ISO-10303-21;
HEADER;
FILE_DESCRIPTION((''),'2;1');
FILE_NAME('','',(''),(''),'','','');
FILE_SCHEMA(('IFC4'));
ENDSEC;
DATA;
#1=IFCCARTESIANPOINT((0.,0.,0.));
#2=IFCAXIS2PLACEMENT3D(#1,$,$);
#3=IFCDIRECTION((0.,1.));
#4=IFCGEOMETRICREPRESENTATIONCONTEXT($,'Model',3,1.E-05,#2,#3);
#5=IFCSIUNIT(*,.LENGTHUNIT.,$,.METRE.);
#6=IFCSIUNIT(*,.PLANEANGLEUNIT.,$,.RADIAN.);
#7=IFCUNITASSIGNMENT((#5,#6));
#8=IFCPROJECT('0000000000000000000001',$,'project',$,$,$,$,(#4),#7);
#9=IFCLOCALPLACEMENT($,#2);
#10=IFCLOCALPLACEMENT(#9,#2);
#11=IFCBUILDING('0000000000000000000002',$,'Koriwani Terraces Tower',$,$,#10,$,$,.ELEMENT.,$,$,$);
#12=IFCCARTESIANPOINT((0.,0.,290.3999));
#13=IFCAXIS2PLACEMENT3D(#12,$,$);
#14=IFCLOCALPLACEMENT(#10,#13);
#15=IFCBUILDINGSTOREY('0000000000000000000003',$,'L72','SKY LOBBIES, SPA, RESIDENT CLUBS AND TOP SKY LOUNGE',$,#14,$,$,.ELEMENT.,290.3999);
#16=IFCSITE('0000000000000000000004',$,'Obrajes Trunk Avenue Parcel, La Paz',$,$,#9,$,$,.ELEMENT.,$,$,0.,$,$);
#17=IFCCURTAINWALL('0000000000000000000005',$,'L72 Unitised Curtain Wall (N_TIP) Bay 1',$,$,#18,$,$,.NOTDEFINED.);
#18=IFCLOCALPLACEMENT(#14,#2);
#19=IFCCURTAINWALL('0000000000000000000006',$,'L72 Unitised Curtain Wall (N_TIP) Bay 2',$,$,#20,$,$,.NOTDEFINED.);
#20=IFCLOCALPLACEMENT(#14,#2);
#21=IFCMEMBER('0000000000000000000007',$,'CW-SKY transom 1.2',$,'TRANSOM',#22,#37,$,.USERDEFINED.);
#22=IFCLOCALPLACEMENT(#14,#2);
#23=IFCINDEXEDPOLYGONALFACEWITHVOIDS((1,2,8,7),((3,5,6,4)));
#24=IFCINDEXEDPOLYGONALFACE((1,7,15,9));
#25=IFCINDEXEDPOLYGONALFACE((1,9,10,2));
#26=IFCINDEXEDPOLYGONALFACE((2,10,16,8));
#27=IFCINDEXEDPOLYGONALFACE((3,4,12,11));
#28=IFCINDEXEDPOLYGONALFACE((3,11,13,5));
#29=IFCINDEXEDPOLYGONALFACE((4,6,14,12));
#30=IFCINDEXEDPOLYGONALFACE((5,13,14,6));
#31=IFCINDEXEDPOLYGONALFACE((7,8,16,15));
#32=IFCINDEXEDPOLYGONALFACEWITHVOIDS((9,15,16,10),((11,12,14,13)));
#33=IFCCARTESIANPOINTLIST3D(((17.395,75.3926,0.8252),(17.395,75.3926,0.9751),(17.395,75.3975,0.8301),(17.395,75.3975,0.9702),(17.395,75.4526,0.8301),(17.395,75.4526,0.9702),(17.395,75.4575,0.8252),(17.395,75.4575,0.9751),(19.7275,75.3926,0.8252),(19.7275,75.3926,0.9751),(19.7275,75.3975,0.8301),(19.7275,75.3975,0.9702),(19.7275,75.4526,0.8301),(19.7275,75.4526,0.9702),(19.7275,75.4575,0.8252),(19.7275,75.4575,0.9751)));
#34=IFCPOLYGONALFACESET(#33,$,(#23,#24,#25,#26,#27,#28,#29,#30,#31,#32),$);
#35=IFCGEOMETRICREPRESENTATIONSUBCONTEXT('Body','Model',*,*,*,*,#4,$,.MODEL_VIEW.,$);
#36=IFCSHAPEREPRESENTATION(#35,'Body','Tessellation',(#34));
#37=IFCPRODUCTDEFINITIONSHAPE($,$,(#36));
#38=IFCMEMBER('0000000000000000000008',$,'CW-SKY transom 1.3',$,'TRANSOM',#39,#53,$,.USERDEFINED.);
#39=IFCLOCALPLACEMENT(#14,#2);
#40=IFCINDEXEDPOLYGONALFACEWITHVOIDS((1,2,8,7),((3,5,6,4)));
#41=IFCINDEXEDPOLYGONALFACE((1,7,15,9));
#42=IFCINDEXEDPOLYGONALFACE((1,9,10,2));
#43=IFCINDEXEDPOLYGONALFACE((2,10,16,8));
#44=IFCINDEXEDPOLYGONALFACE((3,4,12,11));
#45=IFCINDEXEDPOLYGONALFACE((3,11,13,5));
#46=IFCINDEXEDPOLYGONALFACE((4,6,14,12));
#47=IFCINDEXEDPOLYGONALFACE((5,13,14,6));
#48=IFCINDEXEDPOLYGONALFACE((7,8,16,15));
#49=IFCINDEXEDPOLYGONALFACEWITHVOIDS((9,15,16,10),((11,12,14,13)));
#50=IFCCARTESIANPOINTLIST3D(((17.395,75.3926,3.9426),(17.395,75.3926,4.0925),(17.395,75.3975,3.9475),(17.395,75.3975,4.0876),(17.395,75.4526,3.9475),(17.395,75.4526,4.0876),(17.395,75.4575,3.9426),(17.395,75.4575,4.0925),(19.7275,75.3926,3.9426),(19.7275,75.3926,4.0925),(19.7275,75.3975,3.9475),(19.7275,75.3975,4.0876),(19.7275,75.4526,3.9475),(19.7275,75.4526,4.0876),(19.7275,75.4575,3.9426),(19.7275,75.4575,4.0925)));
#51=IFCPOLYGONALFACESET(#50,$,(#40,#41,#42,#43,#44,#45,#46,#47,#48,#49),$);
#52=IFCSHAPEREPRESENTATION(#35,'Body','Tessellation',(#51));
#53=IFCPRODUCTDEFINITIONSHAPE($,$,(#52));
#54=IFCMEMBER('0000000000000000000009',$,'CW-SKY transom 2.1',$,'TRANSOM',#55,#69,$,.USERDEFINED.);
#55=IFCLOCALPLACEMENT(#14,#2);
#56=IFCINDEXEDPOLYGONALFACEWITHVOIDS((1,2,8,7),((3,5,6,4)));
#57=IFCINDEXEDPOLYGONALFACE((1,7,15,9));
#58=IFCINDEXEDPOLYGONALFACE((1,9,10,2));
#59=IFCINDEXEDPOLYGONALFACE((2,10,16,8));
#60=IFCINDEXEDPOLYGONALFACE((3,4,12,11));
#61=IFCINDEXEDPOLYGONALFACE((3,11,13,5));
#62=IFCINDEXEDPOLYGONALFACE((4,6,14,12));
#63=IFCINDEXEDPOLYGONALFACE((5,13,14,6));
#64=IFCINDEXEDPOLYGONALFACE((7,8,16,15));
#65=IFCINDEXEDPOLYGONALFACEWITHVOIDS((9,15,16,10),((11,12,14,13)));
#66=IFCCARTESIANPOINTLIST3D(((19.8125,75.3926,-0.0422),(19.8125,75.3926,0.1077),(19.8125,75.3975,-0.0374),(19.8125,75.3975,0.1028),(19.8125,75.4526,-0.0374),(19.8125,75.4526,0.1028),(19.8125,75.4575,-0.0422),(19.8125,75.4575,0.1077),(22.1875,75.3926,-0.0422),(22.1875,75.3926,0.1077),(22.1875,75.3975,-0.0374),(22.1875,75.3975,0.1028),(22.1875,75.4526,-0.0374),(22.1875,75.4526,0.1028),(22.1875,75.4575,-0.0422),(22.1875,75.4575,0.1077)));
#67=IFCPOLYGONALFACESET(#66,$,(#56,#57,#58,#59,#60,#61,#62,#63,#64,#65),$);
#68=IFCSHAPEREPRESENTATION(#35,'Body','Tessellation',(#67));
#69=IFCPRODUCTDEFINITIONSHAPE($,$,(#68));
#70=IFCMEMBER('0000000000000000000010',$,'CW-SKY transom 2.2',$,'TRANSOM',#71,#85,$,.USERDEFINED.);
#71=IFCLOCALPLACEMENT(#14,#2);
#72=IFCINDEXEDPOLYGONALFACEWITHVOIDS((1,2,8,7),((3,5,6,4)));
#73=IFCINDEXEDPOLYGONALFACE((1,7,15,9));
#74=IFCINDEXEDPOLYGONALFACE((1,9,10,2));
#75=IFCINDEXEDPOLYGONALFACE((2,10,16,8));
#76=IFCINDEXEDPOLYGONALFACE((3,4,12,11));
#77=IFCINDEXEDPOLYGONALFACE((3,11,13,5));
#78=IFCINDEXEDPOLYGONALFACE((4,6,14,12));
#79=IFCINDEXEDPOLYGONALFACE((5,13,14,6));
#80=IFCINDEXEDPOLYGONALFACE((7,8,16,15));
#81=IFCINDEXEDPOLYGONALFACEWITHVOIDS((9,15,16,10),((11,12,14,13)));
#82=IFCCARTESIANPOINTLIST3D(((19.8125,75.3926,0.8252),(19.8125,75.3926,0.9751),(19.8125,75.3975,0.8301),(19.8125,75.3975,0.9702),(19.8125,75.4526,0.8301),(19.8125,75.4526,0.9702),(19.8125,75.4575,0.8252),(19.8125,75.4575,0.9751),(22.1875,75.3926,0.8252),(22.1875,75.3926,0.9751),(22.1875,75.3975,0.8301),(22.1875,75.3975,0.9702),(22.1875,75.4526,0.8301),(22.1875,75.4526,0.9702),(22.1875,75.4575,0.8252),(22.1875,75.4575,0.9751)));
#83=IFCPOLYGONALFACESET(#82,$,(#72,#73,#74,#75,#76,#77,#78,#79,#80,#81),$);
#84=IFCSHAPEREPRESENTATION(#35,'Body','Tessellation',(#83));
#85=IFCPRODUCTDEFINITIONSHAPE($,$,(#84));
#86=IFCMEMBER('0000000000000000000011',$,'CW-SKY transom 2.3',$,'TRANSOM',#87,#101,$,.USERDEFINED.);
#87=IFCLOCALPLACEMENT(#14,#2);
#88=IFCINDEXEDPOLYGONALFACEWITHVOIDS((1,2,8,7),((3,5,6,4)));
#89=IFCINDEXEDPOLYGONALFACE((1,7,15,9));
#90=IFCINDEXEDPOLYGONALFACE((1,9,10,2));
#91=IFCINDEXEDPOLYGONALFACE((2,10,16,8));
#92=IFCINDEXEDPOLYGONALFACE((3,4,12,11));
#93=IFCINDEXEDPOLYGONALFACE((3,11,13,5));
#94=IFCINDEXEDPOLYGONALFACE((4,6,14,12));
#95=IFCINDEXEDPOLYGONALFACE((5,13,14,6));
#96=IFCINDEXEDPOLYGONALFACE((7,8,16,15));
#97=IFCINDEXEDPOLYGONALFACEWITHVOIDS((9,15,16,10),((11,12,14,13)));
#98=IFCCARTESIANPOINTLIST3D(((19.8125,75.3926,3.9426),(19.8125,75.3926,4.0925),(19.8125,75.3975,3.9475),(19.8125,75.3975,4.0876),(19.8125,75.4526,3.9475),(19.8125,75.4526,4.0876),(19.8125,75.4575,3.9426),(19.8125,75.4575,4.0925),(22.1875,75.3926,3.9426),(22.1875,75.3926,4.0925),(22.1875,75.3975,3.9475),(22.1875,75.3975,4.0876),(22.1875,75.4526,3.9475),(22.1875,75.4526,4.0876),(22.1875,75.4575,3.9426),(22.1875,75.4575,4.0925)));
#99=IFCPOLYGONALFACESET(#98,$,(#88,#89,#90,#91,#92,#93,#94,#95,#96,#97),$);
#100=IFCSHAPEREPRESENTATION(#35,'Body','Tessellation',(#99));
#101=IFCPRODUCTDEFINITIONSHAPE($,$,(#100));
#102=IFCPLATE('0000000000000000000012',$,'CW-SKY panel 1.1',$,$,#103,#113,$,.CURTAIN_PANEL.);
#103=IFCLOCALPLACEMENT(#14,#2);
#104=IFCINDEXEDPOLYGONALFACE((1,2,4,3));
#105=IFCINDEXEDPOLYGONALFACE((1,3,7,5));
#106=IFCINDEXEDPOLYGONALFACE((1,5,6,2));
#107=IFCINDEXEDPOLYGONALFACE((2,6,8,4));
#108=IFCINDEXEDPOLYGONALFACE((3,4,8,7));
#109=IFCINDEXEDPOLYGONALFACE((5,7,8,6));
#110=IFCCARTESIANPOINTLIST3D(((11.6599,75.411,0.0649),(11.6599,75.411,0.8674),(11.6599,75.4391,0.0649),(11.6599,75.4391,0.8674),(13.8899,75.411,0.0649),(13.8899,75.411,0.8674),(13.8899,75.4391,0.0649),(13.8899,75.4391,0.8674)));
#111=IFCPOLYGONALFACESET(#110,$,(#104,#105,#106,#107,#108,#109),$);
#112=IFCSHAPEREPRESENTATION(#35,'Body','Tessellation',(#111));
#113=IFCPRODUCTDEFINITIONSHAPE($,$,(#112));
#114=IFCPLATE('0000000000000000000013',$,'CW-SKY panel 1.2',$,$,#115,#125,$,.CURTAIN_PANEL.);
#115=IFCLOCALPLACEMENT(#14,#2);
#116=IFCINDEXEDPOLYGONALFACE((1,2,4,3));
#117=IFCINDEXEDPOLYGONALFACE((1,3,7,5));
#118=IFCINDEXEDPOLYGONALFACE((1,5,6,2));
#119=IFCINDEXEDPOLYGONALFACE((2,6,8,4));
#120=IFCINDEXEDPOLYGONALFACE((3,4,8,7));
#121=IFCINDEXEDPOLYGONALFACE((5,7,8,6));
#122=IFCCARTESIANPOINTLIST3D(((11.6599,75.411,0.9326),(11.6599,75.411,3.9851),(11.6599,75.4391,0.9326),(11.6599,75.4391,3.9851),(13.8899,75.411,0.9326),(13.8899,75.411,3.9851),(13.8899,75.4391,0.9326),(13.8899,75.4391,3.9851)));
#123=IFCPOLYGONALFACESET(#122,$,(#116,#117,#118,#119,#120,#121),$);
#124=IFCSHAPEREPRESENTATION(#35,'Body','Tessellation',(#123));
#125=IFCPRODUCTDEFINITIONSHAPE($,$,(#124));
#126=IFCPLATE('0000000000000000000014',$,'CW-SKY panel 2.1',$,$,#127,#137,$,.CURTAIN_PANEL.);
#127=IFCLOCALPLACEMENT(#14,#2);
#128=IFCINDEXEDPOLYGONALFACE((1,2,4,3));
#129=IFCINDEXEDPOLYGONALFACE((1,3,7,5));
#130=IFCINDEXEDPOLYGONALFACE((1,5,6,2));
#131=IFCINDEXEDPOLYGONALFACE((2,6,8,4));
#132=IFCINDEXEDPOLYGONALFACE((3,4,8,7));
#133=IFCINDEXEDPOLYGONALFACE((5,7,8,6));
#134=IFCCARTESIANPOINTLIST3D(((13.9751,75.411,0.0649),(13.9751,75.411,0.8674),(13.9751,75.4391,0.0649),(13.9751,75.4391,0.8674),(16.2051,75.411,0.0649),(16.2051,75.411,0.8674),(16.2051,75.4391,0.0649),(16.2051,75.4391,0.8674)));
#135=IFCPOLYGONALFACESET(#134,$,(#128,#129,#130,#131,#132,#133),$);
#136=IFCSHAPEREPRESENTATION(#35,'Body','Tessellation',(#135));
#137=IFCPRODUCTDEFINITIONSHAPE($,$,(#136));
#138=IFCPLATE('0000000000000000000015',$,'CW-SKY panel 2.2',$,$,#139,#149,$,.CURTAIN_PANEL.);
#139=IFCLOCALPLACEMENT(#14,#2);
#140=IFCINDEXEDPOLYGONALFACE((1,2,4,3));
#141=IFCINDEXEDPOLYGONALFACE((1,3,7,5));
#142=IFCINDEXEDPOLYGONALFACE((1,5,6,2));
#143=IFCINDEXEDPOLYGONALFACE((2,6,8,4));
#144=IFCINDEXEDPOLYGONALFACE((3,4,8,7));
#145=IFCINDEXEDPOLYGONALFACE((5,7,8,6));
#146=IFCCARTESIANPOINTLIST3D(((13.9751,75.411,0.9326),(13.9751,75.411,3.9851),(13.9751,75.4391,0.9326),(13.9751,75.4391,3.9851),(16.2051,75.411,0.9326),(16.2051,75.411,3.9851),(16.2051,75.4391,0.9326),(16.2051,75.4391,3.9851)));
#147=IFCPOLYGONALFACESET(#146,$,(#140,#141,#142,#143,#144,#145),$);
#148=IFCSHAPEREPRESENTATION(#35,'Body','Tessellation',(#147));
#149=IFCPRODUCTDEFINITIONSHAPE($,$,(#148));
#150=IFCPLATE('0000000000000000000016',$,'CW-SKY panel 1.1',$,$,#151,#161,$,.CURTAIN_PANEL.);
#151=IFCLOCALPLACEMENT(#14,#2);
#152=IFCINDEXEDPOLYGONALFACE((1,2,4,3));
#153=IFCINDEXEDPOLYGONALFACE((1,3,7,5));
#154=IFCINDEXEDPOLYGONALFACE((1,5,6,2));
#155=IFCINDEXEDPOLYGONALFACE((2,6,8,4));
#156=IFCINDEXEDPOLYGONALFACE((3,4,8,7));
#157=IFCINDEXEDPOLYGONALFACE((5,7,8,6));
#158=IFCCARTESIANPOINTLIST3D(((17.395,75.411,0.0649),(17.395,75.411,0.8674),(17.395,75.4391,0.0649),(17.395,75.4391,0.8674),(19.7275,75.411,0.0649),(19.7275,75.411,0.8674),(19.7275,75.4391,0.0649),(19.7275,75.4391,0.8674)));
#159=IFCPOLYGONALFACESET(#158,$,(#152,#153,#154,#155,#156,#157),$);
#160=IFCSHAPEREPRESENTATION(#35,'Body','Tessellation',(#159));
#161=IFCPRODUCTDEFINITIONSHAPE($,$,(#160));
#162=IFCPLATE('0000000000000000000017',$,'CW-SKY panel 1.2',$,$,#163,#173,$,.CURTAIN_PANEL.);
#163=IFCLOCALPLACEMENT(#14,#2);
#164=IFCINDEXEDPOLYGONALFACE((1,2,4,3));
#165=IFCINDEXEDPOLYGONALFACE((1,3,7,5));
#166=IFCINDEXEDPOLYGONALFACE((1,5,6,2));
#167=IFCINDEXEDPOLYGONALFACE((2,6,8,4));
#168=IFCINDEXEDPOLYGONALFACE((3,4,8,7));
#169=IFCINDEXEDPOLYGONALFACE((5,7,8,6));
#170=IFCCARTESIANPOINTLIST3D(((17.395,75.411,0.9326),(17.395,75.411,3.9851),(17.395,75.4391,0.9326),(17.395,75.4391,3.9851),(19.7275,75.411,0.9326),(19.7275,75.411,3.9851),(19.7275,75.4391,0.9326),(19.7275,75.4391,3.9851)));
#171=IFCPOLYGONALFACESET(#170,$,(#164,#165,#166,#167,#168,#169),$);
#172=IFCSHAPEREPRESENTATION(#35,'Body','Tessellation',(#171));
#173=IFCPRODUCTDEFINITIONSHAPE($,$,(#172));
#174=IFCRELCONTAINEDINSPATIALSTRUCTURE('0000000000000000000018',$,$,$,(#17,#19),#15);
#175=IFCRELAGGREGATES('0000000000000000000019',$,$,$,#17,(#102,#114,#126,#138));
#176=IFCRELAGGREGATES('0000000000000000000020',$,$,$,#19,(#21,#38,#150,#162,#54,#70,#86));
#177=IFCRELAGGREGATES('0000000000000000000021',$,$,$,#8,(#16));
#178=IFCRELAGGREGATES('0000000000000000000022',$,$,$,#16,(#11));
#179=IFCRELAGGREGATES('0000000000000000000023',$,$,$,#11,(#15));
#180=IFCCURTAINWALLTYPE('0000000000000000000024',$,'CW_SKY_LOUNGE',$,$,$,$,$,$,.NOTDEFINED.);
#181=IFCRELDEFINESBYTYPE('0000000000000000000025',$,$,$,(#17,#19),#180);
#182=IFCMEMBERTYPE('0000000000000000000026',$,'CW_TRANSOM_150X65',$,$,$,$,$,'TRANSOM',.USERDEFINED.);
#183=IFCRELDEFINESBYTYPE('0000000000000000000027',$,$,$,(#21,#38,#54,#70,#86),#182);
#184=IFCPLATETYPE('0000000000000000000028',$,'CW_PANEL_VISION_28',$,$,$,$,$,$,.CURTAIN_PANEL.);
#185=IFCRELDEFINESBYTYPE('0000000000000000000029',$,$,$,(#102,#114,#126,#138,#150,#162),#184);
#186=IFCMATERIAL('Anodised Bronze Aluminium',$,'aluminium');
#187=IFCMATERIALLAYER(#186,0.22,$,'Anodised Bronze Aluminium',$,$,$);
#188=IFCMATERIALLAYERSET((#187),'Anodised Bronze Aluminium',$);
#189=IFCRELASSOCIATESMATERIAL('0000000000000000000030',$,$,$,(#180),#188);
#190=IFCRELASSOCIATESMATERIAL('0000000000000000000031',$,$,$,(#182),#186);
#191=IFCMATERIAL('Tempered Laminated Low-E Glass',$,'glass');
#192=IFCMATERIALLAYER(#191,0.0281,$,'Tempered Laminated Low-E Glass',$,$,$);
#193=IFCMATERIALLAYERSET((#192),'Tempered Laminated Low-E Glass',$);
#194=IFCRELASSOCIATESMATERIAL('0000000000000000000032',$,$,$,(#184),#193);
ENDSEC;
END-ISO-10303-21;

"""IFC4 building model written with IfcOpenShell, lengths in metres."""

from ifc_helpers import new_model, si_unit, direction, frame, origin, origin_2d, place, context, subcontext, project, spatial, rectangle, hollow_rectangle, extrude, material, layer, layer_set, material_profile, profile_set, type_object, element, aggregate, save


model = new_model("IFC4")

# Units and contexts
model_context = context("Model", 3, precision=1e-05, world=origin(), true_north=direction((0.0, 1.0)))
body_context = subcontext(model_context, "Body", "Model", "MODEL_VIEW")
ifc_project = project(units=[si_unit("LENGTHUNIT", "METRE"), si_unit("PLANEANGLEUNIT", "RADIAN")], contexts=[model_context])

# Site, building, storey
site_placement = place(None, origin())
site = spatial("IfcSite", under=ifc_project, at=site_placement, Name="Obrajes Trunk Avenue Parcel, La Paz", CompositionType="ELEMENT", RefElevation=0.0)
building_placement = place(site_placement, origin())
building = spatial("IfcBuilding", under=site, at=building_placement, Name="Koriwani Terraces Tower", CompositionType="ELEMENT")
storey_placement = place(building_placement, frame((0.0, 0.0, 290.3999)))
storey = spatial("IfcBuildingStorey", under=building, at=storey_placement, Name="L72", Description="SKY LOBBIES, SPA, RESIDENT CLUBS AND TOP SKY LOUNGE", CompositionType="ELEMENT", Elevation=290.3999)

# Curtain walls
ifc_material_1 = material(Name="Anodised Bronze Aluminium", Category="aluminium")
ifc_layer_1 = layer(ifc_material_1, 0.22, Name="Anodised Bronze Aluminium")
ifc_layer_set_1 = layer_set([ifc_layer_1], Name="Anodised Bronze Aluminium")
curtain_wall_type = type_object("IfcCurtainWallType", Name="CW_SKY_LOUNGE", PredefinedType="NOTDEFINED", material=ifc_layer_set_1)
curtain_wall_1_placement = place(storey_placement, origin())
curtain_wall_1 = element("IfcCurtainWall", 1, at=curtain_wall_1_placement, inside=storey, type_object=curtain_wall_type, Name="L72 Unitised Curtain Wall (N_TIP) Bay 1", PredefinedType="NOTDEFINED")
curtain_wall_2_placement = place(storey_placement, origin())
curtain_wall_2 = element("IfcCurtainWall", 2, at=curtain_wall_2_placement, inside=storey, type_object=curtain_wall_type, Name="L72 Unitised Curtain Wall (N_TIP) Bay 2", PredefinedType="NOTDEFINED")

# Members
ifc_material_profile_1 = material_profile(ifc_material_1, hollow_rectangle(XDim=0.0649, YDim=0.1499, WallThickness=0.0049, at=origin_2d()), Name="Anodised Bronze Aluminium", Category="LoadBearing")
ifc_profile_set_1 = profile_set([ifc_material_profile_1], Name="Anodised Bronze Aluminium")
member_type_1 = type_object("IfcMemberType", Name="CW_TRANSOM_150X65", ElementType="TRANSOM", PredefinedType="USERDEFINED", material=ifc_profile_set_1)
member_1_placement = place(storey_placement, frame((17.395, 75.425, 0.9001), z_axis=(1.0, 0.0, 0.0), x_axis=(0.0, 1.0, 0.0)))
member_1 = element("IfcMember", 3, at=member_1_placement, type_object=member_type_1, Name="CW-SKY transom 1.2", ObjectType="TRANSOM", PredefinedType="USERDEFINED", context=body_context, shape_type="SweptSolid", body=[
    extrude(hollow_rectangle(XDim=0.0649, YDim=0.1499, WallThickness=0.0049, at=origin_2d()), origin(), (0.0, 0.0, 1.0), 2.3325),
])
member_2_placement = place(storey_placement, frame((17.395, 75.425, 4.0176), z_axis=(1.0, 0.0, 0.0), x_axis=(0.0, 1.0, 0.0)))
member_2 = element("IfcMember", 4, at=member_2_placement, type_object=member_type_1, Name="CW-SKY transom 1.3", ObjectType="TRANSOM", PredefinedType="USERDEFINED", context=body_context, shape_type="SweptSolid", body=[
    extrude(hollow_rectangle(XDim=0.0649, YDim=0.1499, WallThickness=0.0049, at=origin_2d()), origin(), (0.0, 0.0, 1.0), 2.3325),
])
member_3_placement = place(storey_placement, frame((19.8125, 75.425, 0.0327), z_axis=(1.0, 0.0, 0.0), x_axis=(0.0, 1.0, 0.0)))
member_3 = element("IfcMember", 5, at=member_3_placement, type_object=member_type_1, Name="CW-SKY transom 2.1", ObjectType="TRANSOM", PredefinedType="USERDEFINED", context=body_context, shape_type="SweptSolid", body=[
    extrude(hollow_rectangle(XDim=0.0649, YDim=0.1499, WallThickness=0.0049, at=origin_2d()), origin(), (0.0, 0.0, 1.0), 2.375),
])
member_4_placement = place(storey_placement, frame((19.8125, 75.425, 0.9001), z_axis=(1.0, 0.0, 0.0), x_axis=(0.0, 1.0, 0.0)))
member_4 = element("IfcMember", 6, at=member_4_placement, type_object=member_type_1, Name="CW-SKY transom 2.2", ObjectType="TRANSOM", PredefinedType="USERDEFINED", context=body_context, shape_type="SweptSolid", body=[
    extrude(hollow_rectangle(XDim=0.0649, YDim=0.1499, WallThickness=0.0049, at=origin_2d()), origin(), (0.0, 0.0, 1.0), 2.375),
])
member_5_placement = place(storey_placement, frame((19.8125, 75.425, 4.0176), z_axis=(1.0, 0.0, 0.0), x_axis=(0.0, 1.0, 0.0)))
member_5 = element("IfcMember", 7, at=member_5_placement, type_object=member_type_1, Name="CW-SKY transom 2.3", ObjectType="TRANSOM", PredefinedType="USERDEFINED", context=body_context, shape_type="SweptSolid", body=[
    extrude(hollow_rectangle(XDim=0.0649, YDim=0.1499, WallThickness=0.0049, at=origin_2d()), origin(), (0.0, 0.0, 1.0), 2.375),
])

# Plates
ifc_material_2 = material(Name="Tempered Laminated Low-E Glass", Category="glass")
ifc_layer_2 = layer(ifc_material_2, 0.0281, Name="Tempered Laminated Low-E Glass")
ifc_layer_set_2 = layer_set([ifc_layer_2], Name="Tempered Laminated Low-E Glass")
plate_type = type_object("IfcPlateType", Name="CW_PANEL_VISION_28", PredefinedType="CURTAIN_PANEL", material=ifc_layer_set_2)
plate_1_placement = place(storey_placement, frame((12.7749, 75.425, 0.0649), z_axis=(0.0, 0.0, 1.0), x_axis=(1.0, 0.0, 0.0)))
plate_1 = element("IfcPlate", 8, at=plate_1_placement, type_object=plate_type, Name="CW-SKY panel 1.1", PredefinedType="CURTAIN_PANEL", context=body_context, shape_type="SweptSolid", body=[
    extrude(rectangle(XDim=2.23, YDim=0.0281, at=origin_2d()), origin(), (0.0, 0.0, 1.0), 0.8025),
])
plate_2_placement = place(storey_placement, frame((12.7749, 75.425, 0.9326), z_axis=(0.0, 0.0, 1.0), x_axis=(1.0, 0.0, 0.0)))
plate_2 = element("IfcPlate", 9, at=plate_2_placement, type_object=plate_type, Name="CW-SKY panel 1.2", PredefinedType="CURTAIN_PANEL", context=body_context, shape_type="SweptSolid", body=[
    extrude(rectangle(XDim=2.23, YDim=0.0281, at=origin_2d()), origin(), (0.0, 0.0, 1.0), 3.0525),
])
plate_3_placement = place(storey_placement, frame((15.0901, 75.425, 0.0649), z_axis=(0.0, 0.0, 1.0), x_axis=(1.0, 0.0, 0.0)))
plate_3 = element("IfcPlate", 10, at=plate_3_placement, type_object=plate_type, Name="CW-SKY panel 2.1", PredefinedType="CURTAIN_PANEL", context=body_context, shape_type="SweptSolid", body=[
    extrude(rectangle(XDim=2.23, YDim=0.0281, at=origin_2d()), origin(), (0.0, 0.0, 1.0), 0.8025),
])
plate_4_placement = place(storey_placement, frame((15.0901, 75.425, 0.9326), z_axis=(0.0, 0.0, 1.0), x_axis=(1.0, 0.0, 0.0)))
plate_4 = element("IfcPlate", 11, at=plate_4_placement, type_object=plate_type, Name="CW-SKY panel 2.2", PredefinedType="CURTAIN_PANEL", context=body_context, shape_type="SweptSolid", body=[
    extrude(rectangle(XDim=2.23, YDim=0.0281, at=origin_2d()), origin(), (0.0, 0.0, 1.0), 3.0525),
])
aggregate(curtain_wall_1, [plate_1, plate_2, plate_3, plate_4])
plate_5_placement = place(storey_placement, frame((18.5613, 75.425, 0.0649), z_axis=(0.0, 0.0, 1.0), x_axis=(1.0, 0.0, 0.0)))
plate_5 = element("IfcPlate", 12, at=plate_5_placement, type_object=plate_type, Name="CW-SKY panel 1.1", PredefinedType="CURTAIN_PANEL", context=body_context, shape_type="SweptSolid", body=[
    extrude(rectangle(XDim=2.3325, YDim=0.0281, at=origin_2d()), origin(), (0.0, 0.0, 1.0), 0.8025),
])
plate_6_placement = place(storey_placement, frame((18.5613, 75.425, 0.9326), z_axis=(0.0, 0.0, 1.0), x_axis=(1.0, 0.0, 0.0)))
plate_6 = element("IfcPlate", 13, at=plate_6_placement, type_object=plate_type, Name="CW-SKY panel 1.2", PredefinedType="CURTAIN_PANEL", context=body_context, shape_type="SweptSolid", body=[
    extrude(rectangle(XDim=2.3325, YDim=0.0281, at=origin_2d()), origin(), (0.0, 0.0, 1.0), 3.0525),
])
aggregate(curtain_wall_2, [member_1, member_2, plate_5, plate_6, member_3, member_4, member_5])

save(model, "model.ifc")
